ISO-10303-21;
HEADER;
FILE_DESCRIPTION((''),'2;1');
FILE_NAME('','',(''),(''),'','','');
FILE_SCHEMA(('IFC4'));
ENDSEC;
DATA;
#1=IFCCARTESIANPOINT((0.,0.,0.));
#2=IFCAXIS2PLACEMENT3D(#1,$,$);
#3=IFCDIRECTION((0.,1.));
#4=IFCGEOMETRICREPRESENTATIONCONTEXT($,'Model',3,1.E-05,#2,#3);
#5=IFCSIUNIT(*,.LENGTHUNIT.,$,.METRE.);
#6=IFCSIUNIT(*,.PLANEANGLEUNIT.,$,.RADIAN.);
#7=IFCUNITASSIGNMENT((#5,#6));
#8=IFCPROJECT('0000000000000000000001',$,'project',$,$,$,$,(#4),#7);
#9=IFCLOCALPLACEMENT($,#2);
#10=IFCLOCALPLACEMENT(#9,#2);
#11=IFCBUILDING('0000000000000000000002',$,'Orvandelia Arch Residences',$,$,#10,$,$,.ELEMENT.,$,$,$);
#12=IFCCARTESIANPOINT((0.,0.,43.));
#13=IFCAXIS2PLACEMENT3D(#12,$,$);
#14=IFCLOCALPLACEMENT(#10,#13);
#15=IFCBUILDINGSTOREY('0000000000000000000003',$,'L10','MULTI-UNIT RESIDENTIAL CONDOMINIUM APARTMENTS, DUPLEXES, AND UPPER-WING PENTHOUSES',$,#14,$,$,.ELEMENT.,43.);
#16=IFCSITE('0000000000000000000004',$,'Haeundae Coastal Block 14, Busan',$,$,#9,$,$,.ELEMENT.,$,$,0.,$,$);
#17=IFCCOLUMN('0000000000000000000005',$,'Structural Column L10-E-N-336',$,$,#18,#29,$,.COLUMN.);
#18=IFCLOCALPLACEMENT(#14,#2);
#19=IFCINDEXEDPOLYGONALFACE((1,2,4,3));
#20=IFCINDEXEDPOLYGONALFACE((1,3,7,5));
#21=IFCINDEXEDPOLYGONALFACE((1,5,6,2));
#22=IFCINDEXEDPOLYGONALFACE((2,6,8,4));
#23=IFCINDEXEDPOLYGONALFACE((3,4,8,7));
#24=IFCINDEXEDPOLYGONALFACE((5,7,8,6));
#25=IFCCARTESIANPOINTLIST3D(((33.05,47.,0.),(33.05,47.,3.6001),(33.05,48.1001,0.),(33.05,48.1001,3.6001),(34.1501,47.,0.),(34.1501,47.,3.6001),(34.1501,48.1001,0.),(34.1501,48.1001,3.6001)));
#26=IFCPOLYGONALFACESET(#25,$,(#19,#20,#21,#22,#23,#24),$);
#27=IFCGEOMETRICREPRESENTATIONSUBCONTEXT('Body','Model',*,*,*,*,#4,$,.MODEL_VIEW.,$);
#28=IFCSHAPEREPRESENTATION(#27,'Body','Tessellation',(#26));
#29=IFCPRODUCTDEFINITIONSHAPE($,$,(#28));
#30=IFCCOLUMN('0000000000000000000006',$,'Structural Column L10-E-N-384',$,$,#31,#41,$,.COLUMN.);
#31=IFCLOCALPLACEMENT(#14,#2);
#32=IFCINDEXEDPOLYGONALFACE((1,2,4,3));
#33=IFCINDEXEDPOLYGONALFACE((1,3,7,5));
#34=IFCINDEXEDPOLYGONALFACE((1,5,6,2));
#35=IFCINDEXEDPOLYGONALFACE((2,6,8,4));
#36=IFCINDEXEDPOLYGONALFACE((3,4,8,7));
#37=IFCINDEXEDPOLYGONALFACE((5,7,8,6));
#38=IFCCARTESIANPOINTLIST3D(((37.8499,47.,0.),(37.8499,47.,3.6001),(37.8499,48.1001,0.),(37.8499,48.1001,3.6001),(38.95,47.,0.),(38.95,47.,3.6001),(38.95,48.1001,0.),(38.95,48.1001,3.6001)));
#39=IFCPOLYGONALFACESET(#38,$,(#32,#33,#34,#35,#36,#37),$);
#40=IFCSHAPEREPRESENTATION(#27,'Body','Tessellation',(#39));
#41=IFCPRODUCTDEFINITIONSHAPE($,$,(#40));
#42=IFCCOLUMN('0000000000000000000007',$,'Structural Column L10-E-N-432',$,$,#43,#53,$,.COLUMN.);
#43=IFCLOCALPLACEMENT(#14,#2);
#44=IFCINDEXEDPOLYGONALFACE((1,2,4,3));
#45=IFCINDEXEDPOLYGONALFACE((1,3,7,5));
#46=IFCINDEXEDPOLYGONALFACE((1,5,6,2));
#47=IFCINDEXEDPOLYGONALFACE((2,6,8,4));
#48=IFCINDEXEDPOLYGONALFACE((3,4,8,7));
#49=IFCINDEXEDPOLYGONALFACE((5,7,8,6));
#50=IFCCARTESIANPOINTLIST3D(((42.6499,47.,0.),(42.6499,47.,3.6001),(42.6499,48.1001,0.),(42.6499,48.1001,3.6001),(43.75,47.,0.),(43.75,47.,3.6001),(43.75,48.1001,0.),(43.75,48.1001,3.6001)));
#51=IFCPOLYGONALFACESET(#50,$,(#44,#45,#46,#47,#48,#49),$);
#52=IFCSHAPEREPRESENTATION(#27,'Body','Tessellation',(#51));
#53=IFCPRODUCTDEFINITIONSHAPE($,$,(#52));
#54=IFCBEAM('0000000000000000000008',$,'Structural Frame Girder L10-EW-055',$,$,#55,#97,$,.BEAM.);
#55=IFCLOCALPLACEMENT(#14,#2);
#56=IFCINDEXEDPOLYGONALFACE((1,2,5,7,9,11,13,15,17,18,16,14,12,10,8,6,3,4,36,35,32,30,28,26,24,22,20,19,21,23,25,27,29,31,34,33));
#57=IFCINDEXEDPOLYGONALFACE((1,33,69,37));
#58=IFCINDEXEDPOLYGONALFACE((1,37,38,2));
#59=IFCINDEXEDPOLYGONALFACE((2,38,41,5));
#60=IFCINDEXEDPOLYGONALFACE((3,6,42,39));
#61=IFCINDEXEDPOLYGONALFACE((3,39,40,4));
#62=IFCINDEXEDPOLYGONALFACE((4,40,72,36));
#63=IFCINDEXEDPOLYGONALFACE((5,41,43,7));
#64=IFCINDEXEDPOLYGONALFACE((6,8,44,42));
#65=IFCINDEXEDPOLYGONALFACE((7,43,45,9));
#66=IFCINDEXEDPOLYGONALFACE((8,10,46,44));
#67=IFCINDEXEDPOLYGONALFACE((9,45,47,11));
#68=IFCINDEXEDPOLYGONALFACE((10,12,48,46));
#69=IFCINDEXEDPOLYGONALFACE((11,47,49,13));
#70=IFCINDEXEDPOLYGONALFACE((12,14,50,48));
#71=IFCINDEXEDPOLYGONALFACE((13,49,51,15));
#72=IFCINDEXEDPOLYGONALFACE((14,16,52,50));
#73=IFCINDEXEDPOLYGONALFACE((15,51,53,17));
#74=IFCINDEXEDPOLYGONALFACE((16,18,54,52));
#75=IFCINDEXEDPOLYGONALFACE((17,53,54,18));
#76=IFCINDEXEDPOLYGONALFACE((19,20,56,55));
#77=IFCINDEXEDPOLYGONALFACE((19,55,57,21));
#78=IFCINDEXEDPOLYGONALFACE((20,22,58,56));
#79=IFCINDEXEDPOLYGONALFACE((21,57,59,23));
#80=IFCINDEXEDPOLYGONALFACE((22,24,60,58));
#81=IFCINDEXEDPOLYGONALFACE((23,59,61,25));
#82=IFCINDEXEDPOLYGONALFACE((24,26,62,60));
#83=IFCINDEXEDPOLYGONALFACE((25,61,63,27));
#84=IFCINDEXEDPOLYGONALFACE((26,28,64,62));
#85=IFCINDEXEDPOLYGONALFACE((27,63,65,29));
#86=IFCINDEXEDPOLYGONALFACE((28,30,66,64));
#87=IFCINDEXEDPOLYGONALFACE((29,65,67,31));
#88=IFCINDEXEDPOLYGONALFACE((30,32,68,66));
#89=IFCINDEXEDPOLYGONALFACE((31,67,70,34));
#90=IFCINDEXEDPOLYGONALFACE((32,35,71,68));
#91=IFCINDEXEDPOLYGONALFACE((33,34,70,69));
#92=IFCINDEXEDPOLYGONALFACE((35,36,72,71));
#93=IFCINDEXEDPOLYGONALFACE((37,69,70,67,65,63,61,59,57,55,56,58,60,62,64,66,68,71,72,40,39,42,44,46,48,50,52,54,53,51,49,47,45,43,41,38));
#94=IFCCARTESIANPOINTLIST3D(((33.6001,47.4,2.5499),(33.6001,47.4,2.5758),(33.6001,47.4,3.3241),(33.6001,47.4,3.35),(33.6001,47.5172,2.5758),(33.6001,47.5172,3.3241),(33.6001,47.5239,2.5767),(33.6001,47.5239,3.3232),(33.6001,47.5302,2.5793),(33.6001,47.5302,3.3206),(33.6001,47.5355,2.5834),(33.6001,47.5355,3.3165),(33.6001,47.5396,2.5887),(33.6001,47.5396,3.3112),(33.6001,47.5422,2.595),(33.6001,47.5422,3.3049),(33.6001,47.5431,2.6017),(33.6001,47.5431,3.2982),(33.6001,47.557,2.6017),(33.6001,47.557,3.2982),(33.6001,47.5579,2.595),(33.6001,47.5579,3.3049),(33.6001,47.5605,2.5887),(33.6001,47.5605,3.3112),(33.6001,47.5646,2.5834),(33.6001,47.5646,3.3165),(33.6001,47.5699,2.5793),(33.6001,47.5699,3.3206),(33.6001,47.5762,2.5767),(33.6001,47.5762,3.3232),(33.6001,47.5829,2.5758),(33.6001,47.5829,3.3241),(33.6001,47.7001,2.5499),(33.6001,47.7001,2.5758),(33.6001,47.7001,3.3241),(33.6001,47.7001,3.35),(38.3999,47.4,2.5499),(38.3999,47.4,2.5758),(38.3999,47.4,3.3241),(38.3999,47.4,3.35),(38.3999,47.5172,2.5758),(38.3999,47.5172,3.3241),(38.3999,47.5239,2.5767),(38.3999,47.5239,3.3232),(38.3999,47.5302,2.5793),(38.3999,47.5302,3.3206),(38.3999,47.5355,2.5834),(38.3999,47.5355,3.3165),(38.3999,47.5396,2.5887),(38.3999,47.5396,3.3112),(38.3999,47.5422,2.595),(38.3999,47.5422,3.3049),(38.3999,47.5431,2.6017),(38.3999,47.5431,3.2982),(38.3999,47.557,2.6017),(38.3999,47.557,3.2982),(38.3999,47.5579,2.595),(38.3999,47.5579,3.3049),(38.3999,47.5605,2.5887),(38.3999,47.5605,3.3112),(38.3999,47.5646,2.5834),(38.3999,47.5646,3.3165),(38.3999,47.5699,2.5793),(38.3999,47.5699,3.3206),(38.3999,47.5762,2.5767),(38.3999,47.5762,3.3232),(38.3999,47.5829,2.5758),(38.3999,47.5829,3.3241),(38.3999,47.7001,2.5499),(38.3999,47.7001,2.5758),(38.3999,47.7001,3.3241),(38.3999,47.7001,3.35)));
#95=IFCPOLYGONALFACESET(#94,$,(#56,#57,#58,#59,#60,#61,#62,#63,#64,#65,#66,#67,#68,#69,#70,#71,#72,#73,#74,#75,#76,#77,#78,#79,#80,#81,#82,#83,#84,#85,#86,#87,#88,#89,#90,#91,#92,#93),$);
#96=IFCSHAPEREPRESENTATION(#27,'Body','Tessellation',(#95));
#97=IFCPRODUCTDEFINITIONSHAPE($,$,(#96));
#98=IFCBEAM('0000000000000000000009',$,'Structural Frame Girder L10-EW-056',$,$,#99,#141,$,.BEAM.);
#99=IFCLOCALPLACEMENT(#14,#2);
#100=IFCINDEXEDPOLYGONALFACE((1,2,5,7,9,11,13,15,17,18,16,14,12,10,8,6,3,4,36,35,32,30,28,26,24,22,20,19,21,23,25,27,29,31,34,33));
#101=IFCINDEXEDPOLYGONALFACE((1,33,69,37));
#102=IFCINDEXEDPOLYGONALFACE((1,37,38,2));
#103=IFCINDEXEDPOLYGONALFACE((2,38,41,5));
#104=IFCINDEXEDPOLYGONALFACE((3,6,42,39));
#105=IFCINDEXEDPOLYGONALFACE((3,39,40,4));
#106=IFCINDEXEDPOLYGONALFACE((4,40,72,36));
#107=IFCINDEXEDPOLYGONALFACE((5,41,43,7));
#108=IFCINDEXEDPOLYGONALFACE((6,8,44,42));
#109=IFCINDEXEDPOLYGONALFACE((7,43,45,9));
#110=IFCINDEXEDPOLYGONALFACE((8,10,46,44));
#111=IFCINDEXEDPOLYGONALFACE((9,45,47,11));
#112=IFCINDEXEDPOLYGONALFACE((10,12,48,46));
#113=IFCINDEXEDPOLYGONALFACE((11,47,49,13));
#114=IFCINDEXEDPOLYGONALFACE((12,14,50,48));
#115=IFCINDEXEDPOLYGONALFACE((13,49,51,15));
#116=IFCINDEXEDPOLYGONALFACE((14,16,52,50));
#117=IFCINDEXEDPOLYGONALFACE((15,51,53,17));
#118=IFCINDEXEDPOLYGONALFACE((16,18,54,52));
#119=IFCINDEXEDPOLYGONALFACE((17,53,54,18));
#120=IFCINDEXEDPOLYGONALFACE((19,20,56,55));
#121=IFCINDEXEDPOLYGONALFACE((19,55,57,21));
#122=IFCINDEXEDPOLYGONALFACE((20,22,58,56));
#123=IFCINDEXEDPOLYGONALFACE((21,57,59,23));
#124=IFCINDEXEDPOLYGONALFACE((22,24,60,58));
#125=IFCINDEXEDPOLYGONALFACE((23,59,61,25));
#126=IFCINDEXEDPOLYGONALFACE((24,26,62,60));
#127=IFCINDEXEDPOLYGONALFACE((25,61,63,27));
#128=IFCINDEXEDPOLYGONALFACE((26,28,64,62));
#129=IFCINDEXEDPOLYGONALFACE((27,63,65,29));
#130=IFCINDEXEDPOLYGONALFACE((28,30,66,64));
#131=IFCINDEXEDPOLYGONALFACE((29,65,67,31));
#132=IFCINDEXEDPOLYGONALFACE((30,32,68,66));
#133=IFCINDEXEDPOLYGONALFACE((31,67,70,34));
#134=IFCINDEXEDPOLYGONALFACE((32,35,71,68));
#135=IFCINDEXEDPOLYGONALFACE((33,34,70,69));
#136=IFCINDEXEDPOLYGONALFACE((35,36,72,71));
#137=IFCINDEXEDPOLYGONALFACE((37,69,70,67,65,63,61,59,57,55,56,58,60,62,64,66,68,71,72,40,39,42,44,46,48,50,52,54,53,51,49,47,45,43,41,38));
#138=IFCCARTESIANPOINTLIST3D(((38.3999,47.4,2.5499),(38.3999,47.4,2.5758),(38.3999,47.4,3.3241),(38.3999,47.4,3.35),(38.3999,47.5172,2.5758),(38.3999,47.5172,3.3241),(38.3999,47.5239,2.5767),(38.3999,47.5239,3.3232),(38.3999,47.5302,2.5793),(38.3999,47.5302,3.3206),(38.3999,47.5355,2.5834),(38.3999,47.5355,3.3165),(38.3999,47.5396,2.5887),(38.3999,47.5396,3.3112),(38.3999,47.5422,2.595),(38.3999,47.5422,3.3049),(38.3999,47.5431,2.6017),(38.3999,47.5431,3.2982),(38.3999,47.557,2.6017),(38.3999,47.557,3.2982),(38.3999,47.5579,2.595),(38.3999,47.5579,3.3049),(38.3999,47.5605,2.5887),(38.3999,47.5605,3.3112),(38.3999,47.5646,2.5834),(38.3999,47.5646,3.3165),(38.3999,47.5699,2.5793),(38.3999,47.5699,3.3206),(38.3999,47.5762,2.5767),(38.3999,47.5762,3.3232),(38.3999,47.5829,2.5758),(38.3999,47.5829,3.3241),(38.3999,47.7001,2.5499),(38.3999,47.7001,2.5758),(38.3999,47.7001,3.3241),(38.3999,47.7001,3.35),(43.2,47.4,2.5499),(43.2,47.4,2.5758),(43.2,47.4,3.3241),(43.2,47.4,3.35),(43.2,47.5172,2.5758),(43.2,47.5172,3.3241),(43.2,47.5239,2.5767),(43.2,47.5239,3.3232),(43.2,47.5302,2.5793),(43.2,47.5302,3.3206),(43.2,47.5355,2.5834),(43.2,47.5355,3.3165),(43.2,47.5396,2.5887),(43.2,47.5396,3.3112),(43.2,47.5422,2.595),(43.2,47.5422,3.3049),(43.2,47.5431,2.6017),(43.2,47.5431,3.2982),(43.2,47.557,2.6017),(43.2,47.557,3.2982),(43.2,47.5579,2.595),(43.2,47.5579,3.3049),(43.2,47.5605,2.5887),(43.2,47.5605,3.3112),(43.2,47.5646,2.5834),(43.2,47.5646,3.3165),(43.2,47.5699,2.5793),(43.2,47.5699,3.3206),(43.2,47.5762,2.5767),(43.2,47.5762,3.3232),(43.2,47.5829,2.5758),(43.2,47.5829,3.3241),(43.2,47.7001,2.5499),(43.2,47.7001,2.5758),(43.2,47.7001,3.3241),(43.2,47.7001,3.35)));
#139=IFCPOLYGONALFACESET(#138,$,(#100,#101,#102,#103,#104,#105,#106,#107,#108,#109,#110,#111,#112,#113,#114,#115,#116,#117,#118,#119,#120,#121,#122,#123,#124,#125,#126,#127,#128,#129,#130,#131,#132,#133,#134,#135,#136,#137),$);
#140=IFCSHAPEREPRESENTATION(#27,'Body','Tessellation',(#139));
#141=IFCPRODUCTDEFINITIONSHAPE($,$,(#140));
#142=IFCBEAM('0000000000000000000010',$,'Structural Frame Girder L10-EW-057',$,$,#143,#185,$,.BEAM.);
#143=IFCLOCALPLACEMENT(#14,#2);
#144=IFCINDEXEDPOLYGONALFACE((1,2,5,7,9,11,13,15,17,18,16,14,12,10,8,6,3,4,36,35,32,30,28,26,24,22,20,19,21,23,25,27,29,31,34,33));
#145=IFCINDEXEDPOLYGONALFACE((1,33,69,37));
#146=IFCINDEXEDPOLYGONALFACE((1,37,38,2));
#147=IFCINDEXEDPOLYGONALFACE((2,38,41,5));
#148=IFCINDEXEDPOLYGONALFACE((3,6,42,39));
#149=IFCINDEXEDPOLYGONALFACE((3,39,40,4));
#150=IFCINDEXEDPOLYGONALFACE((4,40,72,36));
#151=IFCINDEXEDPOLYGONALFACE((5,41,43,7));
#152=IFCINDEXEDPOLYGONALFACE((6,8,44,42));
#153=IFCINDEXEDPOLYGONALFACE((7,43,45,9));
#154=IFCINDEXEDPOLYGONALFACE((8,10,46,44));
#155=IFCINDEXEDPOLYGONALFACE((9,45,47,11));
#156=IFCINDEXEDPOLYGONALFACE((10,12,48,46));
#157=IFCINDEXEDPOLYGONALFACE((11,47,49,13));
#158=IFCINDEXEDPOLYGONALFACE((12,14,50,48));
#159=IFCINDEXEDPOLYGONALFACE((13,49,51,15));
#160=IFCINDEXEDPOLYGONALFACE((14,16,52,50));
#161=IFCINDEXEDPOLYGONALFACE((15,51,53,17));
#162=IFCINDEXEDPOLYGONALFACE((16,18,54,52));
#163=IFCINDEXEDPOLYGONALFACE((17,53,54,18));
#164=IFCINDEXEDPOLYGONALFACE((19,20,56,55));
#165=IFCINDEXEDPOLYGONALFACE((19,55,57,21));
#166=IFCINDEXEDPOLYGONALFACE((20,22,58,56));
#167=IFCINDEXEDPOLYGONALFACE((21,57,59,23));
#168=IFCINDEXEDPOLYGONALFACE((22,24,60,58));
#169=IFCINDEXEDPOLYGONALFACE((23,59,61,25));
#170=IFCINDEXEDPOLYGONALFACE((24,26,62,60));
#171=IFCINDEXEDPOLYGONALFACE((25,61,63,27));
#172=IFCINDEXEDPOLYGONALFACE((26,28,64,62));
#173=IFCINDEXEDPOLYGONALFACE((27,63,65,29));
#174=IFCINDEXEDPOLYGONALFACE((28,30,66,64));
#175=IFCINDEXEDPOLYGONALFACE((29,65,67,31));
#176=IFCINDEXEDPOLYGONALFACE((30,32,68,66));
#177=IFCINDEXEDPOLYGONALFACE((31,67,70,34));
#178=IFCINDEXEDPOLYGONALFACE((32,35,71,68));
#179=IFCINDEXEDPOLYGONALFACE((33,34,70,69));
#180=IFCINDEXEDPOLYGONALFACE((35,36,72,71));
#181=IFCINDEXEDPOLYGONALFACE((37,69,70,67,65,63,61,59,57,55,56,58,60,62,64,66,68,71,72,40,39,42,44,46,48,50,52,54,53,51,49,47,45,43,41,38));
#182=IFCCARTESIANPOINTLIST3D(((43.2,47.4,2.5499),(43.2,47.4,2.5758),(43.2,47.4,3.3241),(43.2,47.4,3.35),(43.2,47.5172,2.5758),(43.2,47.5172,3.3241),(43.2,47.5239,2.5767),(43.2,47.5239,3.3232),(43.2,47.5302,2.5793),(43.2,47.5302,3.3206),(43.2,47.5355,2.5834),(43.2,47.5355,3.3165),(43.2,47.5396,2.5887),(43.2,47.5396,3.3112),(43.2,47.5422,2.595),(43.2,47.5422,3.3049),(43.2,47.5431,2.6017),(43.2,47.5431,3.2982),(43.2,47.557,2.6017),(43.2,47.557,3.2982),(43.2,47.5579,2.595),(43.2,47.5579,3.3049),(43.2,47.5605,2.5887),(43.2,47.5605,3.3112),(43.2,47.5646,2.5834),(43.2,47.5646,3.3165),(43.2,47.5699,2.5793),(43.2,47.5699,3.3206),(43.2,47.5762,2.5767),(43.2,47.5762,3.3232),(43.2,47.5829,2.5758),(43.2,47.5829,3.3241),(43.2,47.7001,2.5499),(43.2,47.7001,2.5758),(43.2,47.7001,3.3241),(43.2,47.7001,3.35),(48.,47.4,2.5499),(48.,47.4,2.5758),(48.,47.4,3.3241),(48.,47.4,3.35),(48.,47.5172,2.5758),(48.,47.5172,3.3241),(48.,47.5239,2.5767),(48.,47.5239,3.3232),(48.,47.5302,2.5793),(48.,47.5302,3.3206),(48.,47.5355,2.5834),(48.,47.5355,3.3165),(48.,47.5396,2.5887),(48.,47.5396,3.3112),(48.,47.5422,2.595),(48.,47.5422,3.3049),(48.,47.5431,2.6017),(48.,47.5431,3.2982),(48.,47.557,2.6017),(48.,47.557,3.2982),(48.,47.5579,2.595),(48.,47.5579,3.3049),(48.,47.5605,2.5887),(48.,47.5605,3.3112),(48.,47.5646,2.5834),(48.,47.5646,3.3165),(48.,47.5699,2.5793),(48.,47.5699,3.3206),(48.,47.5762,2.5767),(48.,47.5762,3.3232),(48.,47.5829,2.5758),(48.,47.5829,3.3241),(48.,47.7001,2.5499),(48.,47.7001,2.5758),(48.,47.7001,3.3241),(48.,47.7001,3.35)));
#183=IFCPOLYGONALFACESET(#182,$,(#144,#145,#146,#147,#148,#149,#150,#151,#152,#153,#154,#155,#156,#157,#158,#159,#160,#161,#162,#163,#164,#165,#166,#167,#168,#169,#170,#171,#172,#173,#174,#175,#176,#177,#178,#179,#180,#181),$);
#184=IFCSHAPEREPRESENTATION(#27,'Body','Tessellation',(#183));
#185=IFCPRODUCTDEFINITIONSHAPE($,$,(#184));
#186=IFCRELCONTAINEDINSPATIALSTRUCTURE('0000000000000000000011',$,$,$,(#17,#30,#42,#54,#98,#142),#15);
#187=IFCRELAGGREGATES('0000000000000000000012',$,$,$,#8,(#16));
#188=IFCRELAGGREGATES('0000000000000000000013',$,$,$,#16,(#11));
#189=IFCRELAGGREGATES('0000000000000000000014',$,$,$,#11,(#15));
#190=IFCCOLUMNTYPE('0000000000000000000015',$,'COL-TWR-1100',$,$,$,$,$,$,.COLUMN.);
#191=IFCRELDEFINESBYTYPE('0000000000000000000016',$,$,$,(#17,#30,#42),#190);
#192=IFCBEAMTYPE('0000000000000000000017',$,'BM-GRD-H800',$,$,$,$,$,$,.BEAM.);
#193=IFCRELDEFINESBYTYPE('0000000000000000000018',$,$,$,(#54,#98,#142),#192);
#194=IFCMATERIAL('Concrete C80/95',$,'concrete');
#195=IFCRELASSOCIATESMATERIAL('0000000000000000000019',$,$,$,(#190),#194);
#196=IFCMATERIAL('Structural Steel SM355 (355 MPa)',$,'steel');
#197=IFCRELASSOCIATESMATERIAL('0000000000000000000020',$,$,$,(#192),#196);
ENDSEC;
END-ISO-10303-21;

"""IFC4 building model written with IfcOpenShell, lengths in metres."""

from ifc_helpers import new_model, si_unit, direction, frame, origin, origin_2d, place, context, subcontext, project, spatial, rectangle, i_section, extrude, material, material_profile, profile_set, type_object, element, save


model = new_model("IFC4")

# Units and contexts
model_context = context("Model", 3, precision=1e-05, world=origin(), true_north=direction((0.0, 1.0)))
body_context = subcontext(model_context, "Body", "Model", "MODEL_VIEW")
ifc_project = project(units=[si_unit("LENGTHUNIT", "METRE"), si_unit("PLANEANGLEUNIT", "RADIAN")], contexts=[model_context])

# Site, building, storey
site_placement = place(None, origin())
site = spatial("IfcSite", under=ifc_project, at=site_placement, Name="Haeundae Coastal Block 14, Busan", CompositionType="ELEMENT", RefElevation=0.0)
building_placement = place(site_placement, origin())
building = spatial("IfcBuilding", under=site, at=building_placement, Name="Orvandelia Arch Residences", CompositionType="ELEMENT")
storey_placement = place(building_placement, frame((0.0, 0.0, 43.0)))
storey = spatial("IfcBuildingStorey", under=building, at=storey_placement, Name="L10", Description="MULTI-UNIT RESIDENTIAL CONDOMINIUM APARTMENTS, DUPLEXES, AND UPPER-WING PENTHOUSES", CompositionType="ELEMENT", Elevation=43.0)

# Columns
ifc_material_1 = material(Name="Concrete C80/95", Category="concrete")
ifc_material_profile_1 = material_profile(ifc_material_1, rectangle(XDim=1.1001, YDim=1.1001, at=origin_2d()), Name="Concrete C80/95", Category="concrete")
ifc_profile_set_1 = profile_set([ifc_material_profile_1], Name="Concrete C80/95")
column_type = type_object("IfcColumnType", Name="COL-TWR-1100", PredefinedType="COLUMN", material=ifc_profile_set_1)
for number, where, z_axis, x_axis, name in (
    (1, (33.6001, 47.55, 0.0), (0.0, 0.0, 1.0), (1.0, 0.0, 0.0), "Structural Column L10-E-N-336"),
    (2, (38.3999, 47.55, 0.0), (0.0, 0.0, 1.0), (1.0, 0.0, 0.0), "Structural Column L10-E-N-384"),
    (3, (43.2, 47.55, 0.0), (0.0, 0.0, 1.0), (1.0, 0.0, 0.0), "Structural Column L10-E-N-432"),
):
    element("IfcColumn", number, at=place(storey_placement, frame(where, z_axis=z_axis, x_axis=x_axis)), inside=storey, type_object=column_type, Name=name, PredefinedType="COLUMN", context=body_context, shape_type="SweptSolid", body=[
        extrude(rectangle(XDim=1.1001, YDim=1.1001, at=origin_2d()), origin(), (0.0, 0.0, 1.0), 3.6001),
    ])

# Beams
ifc_material_2 = material(Name="Structural Steel SM355 (355 MPa)", Category="steel")
ifc_material_profile_2 = material_profile(ifc_material_2, i_section(OverallWidth=0.3, OverallDepth=0.8, WebThickness=0.0139, FlangeThickness=0.0259, FilletRadius=0.0259, at=origin_2d()), Name="Structural Steel SM355 (355 MPa)", Category="steel")
ifc_profile_set_2 = profile_set([ifc_material_profile_2], Name="Structural Steel SM355 (355 MPa)")
beam_type = type_object("IfcBeamType", Name="BM-GRD-H800", PredefinedType="BEAM", material=ifc_profile_set_2)
beam_placement = place(storey_placement, frame((33.6001, 47.55, 2.95), z_axis=(1.0, 0.0, 0.0), x_axis=(0.0, 1.0, 0.0)))
element("IfcBeam", 4, at=beam_placement, inside=storey, type_object=beam_type, Name="Structural Frame Girder L10-EW-055", PredefinedType="BEAM", context=body_context, shape_type="SweptSolid", body=[
    extrude(i_section(OverallWidth=0.3, OverallDepth=0.8, WebThickness=0.0139, FlangeThickness=0.0259, FilletRadius=0.0259, at=origin_2d()), origin(), (0.0, 0.0, 1.0), 4.7998),
])
for number, where, z_axis, x_axis, name in (
    (5, (38.3999, 47.55, 2.95), (1.0, 0.0, 0.0), (0.0, 1.0, 0.0), "Structural Frame Girder L10-EW-056"),
    (6, (43.2, 47.55, 2.95), (1.0, 0.0, 0.0), (0.0, 1.0, 0.0), "Structural Frame Girder L10-EW-057"),
):
    element("IfcBeam", number, at=place(storey_placement, frame(where, z_axis=z_axis, x_axis=x_axis)), inside=storey, type_object=beam_type, Name=name, PredefinedType="BEAM", context=body_context, shape_type="SweptSolid", body=[
        extrude(i_section(OverallWidth=0.3, OverallDepth=0.8, WebThickness=0.0139, FlangeThickness=0.0259, FilletRadius=0.0259, at=origin_2d()), origin(), (0.0, 0.0, 1.0), 4.8),
    ])

save(model, "model.ifc")
